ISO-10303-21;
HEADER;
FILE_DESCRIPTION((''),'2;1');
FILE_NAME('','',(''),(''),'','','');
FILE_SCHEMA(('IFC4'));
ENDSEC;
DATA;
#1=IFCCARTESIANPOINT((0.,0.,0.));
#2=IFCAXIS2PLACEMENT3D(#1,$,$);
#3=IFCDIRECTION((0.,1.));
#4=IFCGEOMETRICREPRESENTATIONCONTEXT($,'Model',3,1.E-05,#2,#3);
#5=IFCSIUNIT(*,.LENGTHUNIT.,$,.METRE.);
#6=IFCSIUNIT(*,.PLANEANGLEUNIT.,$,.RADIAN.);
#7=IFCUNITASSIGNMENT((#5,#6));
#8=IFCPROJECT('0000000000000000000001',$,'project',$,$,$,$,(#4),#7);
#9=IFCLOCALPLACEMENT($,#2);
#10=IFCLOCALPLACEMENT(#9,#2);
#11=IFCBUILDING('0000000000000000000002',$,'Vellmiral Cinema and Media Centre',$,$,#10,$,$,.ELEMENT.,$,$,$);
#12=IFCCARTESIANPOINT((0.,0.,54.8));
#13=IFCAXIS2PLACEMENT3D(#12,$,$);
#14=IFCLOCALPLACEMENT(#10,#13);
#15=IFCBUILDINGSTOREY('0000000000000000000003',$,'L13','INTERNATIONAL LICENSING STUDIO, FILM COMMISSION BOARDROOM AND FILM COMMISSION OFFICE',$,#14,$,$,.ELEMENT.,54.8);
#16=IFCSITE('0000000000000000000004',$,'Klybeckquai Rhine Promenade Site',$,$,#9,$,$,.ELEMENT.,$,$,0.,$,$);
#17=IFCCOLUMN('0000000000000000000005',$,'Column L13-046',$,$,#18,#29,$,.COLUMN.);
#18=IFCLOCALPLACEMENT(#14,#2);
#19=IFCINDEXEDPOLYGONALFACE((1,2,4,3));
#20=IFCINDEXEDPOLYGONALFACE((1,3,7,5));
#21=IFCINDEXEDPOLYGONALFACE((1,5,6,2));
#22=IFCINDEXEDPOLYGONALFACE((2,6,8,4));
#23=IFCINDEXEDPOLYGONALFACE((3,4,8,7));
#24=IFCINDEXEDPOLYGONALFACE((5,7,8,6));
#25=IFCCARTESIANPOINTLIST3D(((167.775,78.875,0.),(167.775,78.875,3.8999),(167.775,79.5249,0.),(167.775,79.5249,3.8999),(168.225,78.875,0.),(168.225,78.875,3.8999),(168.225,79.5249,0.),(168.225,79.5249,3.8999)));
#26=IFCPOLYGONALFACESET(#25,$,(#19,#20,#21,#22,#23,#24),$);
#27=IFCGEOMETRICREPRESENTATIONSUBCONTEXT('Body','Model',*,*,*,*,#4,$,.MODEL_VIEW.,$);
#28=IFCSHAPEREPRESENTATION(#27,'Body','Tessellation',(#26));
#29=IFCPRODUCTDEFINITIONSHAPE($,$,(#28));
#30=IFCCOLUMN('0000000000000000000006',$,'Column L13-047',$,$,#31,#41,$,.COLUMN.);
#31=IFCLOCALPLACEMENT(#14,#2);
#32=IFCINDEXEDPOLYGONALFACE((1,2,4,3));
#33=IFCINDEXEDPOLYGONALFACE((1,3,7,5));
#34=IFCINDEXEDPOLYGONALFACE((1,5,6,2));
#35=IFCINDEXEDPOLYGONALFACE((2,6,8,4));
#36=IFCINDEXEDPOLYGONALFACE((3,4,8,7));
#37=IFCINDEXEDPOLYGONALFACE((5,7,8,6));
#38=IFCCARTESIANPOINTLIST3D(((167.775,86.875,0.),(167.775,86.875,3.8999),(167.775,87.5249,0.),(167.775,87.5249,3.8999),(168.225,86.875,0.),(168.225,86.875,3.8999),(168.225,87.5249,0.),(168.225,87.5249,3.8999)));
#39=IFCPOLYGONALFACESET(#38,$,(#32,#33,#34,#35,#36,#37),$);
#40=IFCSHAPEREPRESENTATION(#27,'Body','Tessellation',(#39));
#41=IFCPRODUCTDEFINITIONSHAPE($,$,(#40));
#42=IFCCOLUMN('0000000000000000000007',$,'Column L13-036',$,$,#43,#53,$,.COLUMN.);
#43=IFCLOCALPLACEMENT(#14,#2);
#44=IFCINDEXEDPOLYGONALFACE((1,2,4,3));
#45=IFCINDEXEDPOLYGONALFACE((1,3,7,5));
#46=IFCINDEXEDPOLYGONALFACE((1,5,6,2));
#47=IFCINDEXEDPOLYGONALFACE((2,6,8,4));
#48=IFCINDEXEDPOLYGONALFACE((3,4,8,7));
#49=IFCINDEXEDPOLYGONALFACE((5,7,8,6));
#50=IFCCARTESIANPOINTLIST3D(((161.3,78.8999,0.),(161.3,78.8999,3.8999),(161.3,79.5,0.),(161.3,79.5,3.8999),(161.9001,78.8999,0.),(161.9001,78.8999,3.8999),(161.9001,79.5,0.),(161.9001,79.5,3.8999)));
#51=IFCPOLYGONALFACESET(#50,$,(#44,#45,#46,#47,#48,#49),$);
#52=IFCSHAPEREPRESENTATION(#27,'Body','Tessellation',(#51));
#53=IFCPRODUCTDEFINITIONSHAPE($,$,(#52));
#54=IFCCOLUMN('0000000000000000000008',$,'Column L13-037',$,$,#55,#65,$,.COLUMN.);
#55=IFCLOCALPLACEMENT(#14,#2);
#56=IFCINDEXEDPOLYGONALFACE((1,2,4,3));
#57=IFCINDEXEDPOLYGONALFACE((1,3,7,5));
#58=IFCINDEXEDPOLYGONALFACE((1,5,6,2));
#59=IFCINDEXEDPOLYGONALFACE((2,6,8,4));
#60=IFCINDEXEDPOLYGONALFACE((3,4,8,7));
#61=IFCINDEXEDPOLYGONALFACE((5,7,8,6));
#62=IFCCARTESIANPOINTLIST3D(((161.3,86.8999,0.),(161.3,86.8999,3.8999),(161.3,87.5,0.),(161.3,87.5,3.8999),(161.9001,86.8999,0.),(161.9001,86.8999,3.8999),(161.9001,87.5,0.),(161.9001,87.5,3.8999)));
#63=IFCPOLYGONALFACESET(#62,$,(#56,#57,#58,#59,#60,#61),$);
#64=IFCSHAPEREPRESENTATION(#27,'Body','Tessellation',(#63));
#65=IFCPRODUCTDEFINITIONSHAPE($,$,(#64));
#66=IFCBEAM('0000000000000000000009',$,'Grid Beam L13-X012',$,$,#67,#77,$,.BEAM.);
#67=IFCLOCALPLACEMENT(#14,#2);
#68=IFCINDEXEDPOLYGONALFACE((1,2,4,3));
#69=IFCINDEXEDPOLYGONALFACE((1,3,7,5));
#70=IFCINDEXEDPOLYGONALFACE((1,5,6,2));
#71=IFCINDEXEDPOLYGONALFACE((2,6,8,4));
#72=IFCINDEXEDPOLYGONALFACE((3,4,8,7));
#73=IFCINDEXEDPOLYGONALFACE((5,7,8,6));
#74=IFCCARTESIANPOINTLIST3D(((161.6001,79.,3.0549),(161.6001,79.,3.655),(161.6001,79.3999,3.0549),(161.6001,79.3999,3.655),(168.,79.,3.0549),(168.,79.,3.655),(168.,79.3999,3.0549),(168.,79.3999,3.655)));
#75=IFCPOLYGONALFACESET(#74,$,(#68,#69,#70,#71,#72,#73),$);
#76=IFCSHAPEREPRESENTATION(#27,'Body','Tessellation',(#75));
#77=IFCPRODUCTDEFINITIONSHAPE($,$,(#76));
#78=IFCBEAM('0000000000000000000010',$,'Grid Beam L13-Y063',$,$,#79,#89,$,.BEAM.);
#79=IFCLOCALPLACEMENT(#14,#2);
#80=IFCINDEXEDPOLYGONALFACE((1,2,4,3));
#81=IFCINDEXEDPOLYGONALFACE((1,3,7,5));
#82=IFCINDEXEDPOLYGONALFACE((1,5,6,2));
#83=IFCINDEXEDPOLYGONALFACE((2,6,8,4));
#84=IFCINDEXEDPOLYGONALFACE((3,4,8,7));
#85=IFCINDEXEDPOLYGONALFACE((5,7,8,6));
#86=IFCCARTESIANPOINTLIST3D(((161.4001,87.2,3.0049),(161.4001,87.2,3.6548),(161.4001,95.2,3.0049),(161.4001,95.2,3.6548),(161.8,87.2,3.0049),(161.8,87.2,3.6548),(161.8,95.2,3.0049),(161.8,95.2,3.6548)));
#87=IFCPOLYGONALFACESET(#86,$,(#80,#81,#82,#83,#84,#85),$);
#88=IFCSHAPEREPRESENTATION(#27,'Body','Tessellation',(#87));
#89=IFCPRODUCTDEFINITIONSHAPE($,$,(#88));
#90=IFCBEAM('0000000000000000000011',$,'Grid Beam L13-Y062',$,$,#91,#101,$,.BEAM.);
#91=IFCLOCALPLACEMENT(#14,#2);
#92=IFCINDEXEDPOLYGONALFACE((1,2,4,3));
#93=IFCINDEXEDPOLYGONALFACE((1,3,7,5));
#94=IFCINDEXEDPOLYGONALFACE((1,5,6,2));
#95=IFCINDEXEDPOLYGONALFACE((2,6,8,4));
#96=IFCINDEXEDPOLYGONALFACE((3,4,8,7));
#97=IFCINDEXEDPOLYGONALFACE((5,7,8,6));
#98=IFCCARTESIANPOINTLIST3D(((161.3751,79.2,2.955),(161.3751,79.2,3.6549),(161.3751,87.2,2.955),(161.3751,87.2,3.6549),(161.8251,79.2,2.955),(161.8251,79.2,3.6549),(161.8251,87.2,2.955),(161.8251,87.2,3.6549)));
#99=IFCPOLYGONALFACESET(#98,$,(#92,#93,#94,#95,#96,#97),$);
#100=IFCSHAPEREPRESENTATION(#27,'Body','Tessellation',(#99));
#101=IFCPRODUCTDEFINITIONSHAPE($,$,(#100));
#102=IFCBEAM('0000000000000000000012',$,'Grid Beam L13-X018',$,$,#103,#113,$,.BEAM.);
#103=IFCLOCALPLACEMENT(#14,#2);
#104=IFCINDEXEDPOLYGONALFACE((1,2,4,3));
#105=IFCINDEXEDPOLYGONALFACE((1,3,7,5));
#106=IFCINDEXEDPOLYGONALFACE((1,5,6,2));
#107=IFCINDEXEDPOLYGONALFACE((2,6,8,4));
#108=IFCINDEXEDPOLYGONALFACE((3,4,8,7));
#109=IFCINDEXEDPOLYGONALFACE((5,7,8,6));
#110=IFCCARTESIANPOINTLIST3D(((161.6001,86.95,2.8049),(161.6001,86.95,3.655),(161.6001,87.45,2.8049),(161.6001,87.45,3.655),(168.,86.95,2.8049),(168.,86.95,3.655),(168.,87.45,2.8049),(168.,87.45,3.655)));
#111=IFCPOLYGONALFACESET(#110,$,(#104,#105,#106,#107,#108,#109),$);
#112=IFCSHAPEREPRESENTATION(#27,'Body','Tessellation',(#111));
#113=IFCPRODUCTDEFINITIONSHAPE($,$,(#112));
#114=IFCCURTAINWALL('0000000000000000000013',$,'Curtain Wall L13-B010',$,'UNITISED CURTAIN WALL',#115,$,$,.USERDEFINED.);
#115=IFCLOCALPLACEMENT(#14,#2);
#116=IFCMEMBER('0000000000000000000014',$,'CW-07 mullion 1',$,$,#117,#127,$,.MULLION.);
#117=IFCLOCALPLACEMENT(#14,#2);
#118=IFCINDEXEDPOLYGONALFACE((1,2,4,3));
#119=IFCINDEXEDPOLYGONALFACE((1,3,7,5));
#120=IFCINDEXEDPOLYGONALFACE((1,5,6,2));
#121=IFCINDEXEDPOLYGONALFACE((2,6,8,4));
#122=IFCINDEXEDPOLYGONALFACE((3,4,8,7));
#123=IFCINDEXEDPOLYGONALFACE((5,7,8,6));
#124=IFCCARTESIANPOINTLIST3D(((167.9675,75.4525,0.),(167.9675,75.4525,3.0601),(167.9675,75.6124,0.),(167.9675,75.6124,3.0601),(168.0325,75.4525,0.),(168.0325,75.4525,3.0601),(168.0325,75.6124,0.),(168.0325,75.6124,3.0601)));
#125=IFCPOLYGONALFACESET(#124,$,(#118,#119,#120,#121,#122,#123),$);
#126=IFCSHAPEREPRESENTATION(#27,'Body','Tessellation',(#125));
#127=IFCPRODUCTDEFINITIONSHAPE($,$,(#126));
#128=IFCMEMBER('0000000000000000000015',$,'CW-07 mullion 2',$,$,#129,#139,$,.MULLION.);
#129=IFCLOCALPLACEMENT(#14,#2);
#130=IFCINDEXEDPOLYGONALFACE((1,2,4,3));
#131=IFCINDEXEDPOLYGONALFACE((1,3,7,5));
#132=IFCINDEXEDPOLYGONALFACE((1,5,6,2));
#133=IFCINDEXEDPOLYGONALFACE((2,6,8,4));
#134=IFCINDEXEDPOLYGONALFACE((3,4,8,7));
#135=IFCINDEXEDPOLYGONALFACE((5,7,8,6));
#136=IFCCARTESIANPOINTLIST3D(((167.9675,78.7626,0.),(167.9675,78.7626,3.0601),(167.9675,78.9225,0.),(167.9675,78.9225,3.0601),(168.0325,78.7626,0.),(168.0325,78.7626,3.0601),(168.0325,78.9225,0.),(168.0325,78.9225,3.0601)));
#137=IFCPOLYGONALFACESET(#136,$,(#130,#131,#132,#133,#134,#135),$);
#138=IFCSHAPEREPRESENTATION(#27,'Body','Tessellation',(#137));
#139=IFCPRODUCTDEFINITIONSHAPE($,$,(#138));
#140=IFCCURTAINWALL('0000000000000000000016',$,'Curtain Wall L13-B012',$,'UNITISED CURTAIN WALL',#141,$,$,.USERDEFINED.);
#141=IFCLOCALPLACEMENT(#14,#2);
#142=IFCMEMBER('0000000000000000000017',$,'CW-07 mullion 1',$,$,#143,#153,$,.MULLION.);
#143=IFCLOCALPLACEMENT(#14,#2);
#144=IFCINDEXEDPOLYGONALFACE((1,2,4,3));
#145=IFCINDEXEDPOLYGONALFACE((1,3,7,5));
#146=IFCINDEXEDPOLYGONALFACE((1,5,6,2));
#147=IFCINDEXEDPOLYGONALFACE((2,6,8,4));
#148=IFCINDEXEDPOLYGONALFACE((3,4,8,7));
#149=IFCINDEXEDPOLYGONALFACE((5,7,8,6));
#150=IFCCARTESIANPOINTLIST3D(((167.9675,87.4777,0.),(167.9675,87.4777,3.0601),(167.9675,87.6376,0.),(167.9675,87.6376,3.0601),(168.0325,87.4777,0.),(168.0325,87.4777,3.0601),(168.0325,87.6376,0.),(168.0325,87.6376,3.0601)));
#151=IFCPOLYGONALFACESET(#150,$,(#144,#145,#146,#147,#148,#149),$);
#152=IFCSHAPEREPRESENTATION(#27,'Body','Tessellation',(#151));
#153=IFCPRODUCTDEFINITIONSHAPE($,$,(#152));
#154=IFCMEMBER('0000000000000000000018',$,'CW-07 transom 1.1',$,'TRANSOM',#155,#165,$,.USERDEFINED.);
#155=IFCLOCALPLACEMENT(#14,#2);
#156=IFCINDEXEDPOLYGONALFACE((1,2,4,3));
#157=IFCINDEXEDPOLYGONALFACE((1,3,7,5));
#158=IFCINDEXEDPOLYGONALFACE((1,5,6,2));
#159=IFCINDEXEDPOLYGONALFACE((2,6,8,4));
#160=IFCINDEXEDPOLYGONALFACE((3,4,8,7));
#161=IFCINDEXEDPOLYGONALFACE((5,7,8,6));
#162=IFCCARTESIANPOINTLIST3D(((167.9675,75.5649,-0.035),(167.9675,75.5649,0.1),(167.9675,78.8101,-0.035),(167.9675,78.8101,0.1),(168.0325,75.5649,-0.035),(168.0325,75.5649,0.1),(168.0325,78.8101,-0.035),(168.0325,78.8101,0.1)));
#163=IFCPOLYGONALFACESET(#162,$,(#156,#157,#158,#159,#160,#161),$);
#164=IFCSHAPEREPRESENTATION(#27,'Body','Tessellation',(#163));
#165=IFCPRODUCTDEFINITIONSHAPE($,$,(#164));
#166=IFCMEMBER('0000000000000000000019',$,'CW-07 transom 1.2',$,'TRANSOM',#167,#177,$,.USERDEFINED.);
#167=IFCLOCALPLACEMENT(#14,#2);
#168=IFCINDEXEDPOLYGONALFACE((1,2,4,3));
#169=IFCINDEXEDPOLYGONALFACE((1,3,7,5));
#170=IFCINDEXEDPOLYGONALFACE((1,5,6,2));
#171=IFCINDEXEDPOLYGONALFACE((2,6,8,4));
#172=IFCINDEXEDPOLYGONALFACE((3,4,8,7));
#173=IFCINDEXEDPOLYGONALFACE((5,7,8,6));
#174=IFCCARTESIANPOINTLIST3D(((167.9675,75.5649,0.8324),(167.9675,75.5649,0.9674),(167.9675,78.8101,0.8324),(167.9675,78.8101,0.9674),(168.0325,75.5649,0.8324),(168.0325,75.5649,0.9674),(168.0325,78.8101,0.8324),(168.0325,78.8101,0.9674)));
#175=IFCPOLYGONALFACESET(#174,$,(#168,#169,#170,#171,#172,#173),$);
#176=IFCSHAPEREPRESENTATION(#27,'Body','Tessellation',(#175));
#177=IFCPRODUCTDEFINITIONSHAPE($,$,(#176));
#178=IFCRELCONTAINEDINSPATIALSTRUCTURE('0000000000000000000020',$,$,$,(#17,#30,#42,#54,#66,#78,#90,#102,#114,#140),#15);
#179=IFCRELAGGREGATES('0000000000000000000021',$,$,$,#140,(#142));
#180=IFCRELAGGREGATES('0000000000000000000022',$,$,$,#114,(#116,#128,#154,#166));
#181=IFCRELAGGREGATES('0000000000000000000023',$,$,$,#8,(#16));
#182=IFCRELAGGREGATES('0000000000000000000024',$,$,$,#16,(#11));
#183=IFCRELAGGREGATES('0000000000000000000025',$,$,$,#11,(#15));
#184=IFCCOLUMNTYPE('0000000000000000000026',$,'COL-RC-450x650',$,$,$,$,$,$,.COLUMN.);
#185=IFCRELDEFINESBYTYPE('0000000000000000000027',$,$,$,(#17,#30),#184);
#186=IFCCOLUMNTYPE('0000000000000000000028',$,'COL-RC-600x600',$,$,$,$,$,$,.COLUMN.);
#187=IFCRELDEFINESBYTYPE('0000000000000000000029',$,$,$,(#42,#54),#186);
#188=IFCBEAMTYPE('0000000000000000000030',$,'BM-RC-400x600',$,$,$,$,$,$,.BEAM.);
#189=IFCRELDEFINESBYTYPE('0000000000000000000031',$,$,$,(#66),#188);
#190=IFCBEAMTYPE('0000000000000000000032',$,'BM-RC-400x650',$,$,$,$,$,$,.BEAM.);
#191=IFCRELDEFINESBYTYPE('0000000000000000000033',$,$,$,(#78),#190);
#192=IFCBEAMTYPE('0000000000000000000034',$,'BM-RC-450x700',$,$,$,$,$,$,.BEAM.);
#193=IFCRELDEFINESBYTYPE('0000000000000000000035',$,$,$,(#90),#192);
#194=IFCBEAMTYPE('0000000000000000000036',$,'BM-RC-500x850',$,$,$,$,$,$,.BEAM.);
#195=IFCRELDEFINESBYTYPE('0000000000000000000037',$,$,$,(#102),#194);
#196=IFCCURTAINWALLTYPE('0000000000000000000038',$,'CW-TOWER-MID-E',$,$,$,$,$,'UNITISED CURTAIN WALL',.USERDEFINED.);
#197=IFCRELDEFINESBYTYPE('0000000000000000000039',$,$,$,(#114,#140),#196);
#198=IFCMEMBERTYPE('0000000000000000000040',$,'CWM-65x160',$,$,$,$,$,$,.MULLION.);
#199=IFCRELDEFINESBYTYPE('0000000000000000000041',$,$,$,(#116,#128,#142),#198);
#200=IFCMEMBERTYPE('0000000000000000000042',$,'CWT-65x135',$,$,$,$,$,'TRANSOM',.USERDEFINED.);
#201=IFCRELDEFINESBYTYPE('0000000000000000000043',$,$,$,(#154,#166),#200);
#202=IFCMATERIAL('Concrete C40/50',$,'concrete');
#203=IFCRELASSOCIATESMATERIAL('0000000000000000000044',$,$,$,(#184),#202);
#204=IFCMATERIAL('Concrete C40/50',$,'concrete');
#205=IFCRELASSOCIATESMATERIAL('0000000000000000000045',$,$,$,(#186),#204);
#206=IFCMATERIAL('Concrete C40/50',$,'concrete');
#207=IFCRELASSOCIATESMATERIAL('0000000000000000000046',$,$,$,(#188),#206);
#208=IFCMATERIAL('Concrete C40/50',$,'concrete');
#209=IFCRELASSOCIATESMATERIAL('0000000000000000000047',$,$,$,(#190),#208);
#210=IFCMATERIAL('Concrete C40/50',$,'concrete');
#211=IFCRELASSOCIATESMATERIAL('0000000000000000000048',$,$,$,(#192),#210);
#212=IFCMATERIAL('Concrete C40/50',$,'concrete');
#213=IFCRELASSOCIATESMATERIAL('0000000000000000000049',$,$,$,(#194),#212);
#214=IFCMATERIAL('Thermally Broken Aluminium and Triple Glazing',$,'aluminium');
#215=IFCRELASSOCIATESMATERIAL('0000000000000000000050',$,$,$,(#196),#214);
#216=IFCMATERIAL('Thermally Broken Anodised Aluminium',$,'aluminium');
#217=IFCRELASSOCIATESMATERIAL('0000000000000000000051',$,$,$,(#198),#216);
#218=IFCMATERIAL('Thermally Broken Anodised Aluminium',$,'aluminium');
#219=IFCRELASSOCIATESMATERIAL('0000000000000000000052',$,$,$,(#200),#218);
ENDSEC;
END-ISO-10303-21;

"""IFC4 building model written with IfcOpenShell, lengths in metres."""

from ifc_helpers import new_model, si_unit, direction, frame, origin, origin_2d, place, context, subcontext, project, spatial, rectangle, extrude, material, material_profile, profile_set, type_object, element, aggregate, save


model = new_model("IFC4")

# Units and contexts
model_context = context("Model", 3, precision=1e-05, world=origin(), true_north=direction((0.0, 1.0)))
body_context = subcontext(model_context, "Body", "Model", "MODEL_VIEW")
ifc_project = project(units=[si_unit("LENGTHUNIT", "METRE"), si_unit("PLANEANGLEUNIT", "RADIAN")], contexts=[model_context])

# Site, building, storey
site_placement = place(None, origin())
site = spatial("IfcSite", under=ifc_project, at=site_placement, Name="Klybeckquai Rhine Promenade Site", CompositionType="ELEMENT", RefElevation=0.0)
building_placement = place(site_placement, origin())
building = spatial("IfcBuilding", under=site, at=building_placement, Name="Vellmiral Cinema and Media Centre", CompositionType="ELEMENT")
storey_placement = place(building_placement, frame((0.0, 0.0, 54.8)))
storey = spatial("IfcBuildingStorey", under=building, at=storey_placement, Name="L13", Description="INTERNATIONAL LICENSING STUDIO, FILM COMMISSION BOARDROOM AND FILM COMMISSION OFFICE", CompositionType="ELEMENT", Elevation=54.8)

# Columns
ifc_material_1 = material(Name="Concrete C40/50", Category="concrete")
ifc_material_profile_1 = material_profile(ifc_material_1, rectangle(XDim=0.45, YDim=0.6499, at=origin_2d()), Name="RC 450x650")
ifc_profile_set_1 = profile_set([ifc_material_profile_1], Name="Concrete C40/50")
column_type_1 = type_object("IfcColumnType", Name="COL-RC-450x650", PredefinedType="COLUMN", material=ifc_profile_set_1)
for number, where, z_axis, x_axis, name in (
    (1, (168.0, 79.2, 0.0), (0.0, 0.0, 1.0), (1.0, 0.0, 0.0), "Column L13-046"),
    (2, (168.0, 87.2, 0.0), (0.0, 0.0, 1.0), (1.0, 0.0, 0.0), "Column L13-047"),
):
    element("IfcColumn", number, at=place(storey_placement, frame(where, z_axis=z_axis, x_axis=x_axis)), inside=storey, type_object=column_type_1, Name=name, PredefinedType="COLUMN", context=body_context, shape_type="SweptSolid", body=[
        extrude(rectangle(XDim=0.45, YDim=0.6499, at=origin_2d()), origin(), (0.0, 0.0, 1.0), 3.8999),
    ])
ifc_material_2 = material(Name="Concrete C40/50", Category="concrete")
ifc_material_profile_2 = material_profile(ifc_material_2, rectangle(XDim=0.6001, YDim=0.6001, at=origin_2d()), Name="RC 600x600")
ifc_profile_set_2 = profile_set([ifc_material_profile_2], Name="Concrete C40/50")
column_type_2 = type_object("IfcColumnType", Name="COL-RC-600x600", PredefinedType="COLUMN", material=ifc_profile_set_2)
for number, where, z_axis, x_axis, name in (
    (3, (161.6001, 79.2, 0.0), (0.0, 0.0, 1.0), (1.0, 0.0, 0.0), "Column L13-036"),
    (4, (161.6001, 87.2, 0.0), (0.0, 0.0, 1.0), (1.0, 0.0, 0.0), "Column L13-037"),
):
    element("IfcColumn", number, at=place(storey_placement, frame(where, z_axis=z_axis, x_axis=x_axis)), inside=storey, type_object=column_type_2, Name=name, PredefinedType="COLUMN", context=body_context, shape_type="SweptSolid", body=[
        extrude(rectangle(XDim=0.6001, YDim=0.6001, at=origin_2d()), origin(), (0.0, 0.0, 1.0), 3.8999),
    ])

# Beams
ifc_material_3 = material(Name="Concrete C40/50", Category="concrete")
ifc_material_profile_3 = material_profile(ifc_material_3, rectangle(XDim=0.3999, YDim=0.6001, at=origin_2d()), Name="RC 400x600")
ifc_profile_set_3 = profile_set([ifc_material_profile_3], Name="Concrete C40/50")
beam_type_1 = type_object("IfcBeamType", Name="BM-RC-400x600", PredefinedType="BEAM", material=ifc_profile_set_3)
beam_1_placement = place(storey_placement, frame((161.6001, 79.2, 3.355), z_axis=(1.0, 0.0, 0.0), x_axis=(0.0, 1.0, 0.0)))
element("IfcBeam", 5, at=beam_1_placement, inside=storey, type_object=beam_type_1, Name="Grid Beam L13-X012", PredefinedType="BEAM", context=body_context, shape_type="SweptSolid", body=[
    extrude(rectangle(XDim=0.3999, YDim=0.6001, at=origin_2d()), origin(), (0.0, 0.0, 1.0), 6.3999),
])
ifc_material_4 = material(Name="Concrete C40/50", Category="concrete")
ifc_material_profile_4 = material_profile(ifc_material_4, rectangle(XDim=0.3999, YDim=0.6499, at=origin_2d()), Name="RC 400x650")
ifc_profile_set_4 = profile_set([ifc_material_profile_4], Name="Concrete C40/50")
beam_type_2 = type_object("IfcBeamType", Name="BM-RC-400x650", PredefinedType="BEAM", material=ifc_profile_set_4)
beam_2_placement = place(storey_placement, frame((161.6001, 87.2, 3.3298), z_axis=(0.0, 1.0, 0.0), x_axis=(-1.0, 0.0, 0.0)))
element("IfcBeam", 6, at=beam_2_placement, inside=storey, type_object=beam_type_2, Name="Grid Beam L13-Y063", PredefinedType="BEAM", context=body_context, shape_type="SweptSolid", body=[
    extrude(rectangle(XDim=0.3999, YDim=0.6499, at=origin_2d()), origin(), (0.0, 0.0, 1.0), 8.0),
])
ifc_material_5 = material(Name="Concrete C40/50", Category="concrete")
ifc_material_profile_5 = material_profile(ifc_material_5, rectangle(XDim=0.45, YDim=0.7, at=origin_2d()), Name="RC 450x700")
ifc_profile_set_5 = profile_set([ifc_material_profile_5], Name="Concrete C40/50")
beam_type_3 = type_object("IfcBeamType", Name="BM-RC-450x700", PredefinedType="BEAM", material=ifc_profile_set_5)
beam_3_placement = place(storey_placement, frame((161.6001, 79.2, 3.3049), z_axis=(0.0, 1.0, 0.0), x_axis=(-1.0, 0.0, 0.0)))
element("IfcBeam", 7, at=beam_3_placement, inside=storey, type_object=beam_type_3, Name="Grid Beam L13-Y062", PredefinedType="BEAM", context=body_context, shape_type="SweptSolid", body=[
    extrude(rectangle(XDim=0.45, YDim=0.7, at=origin_2d()), origin(), (0.0, 0.0, 1.0), 8.0),
])
ifc_material_6 = material(Name="Concrete C40/50", Category="concrete")
ifc_material_profile_6 = material_profile(ifc_material_6, rectangle(XDim=0.5, YDim=0.8501, at=origin_2d()), Name="RC 500x850")
ifc_profile_set_6 = profile_set([ifc_material_profile_6], Name="Concrete C40/50")
beam_type_4 = type_object("IfcBeamType", Name="BM-RC-500x850", PredefinedType="BEAM", material=ifc_profile_set_6)
beam_4_placement = place(storey_placement, frame((161.6001, 87.2, 3.23), z_axis=(1.0, 0.0, 0.0), x_axis=(0.0, 1.0, 0.0)))
element("IfcBeam", 8, at=beam_4_placement, inside=storey, type_object=beam_type_4, Name="Grid Beam L13-X018", PredefinedType="BEAM", context=body_context, shape_type="SweptSolid", body=[
    extrude(rectangle(XDim=0.5, YDim=0.8501, at=origin_2d()), origin(), (0.0, 0.0, 1.0), 6.3999),
])

# Curtain wall, members
ifc_material_7 = material(Name="Thermally Broken Aluminium and Triple Glazing", Category="aluminium")
curtain_wall_type = type_object("IfcCurtainWallType", Name="CW-TOWER-MID-E", ElementType="UNITISED CURTAIN WALL", PredefinedType="USERDEFINED", material=ifc_material_7)
curtain_wall_1_placement = place(storey_placement, origin())
curtain_wall_1 = element("IfcCurtainWall", 9, at=curtain_wall_1_placement, inside=storey, type_object=curtain_wall_type, Name="Curtain Wall L13-B010", ObjectType="UNITISED CURTAIN WALL", PredefinedType="USERDEFINED")
ifc_material_8 = material(Name="Thermally Broken Anodised Aluminium", Category="aluminium")
ifc_material_profile_7 = material_profile(ifc_material_8, rectangle(XDim=0.0649, YDim=0.1599, at=origin_2d()), Name="MULL 65x160")
ifc_profile_set_7 = profile_set([ifc_material_profile_7], Name="Thermally Broken Anodised Aluminium")
member_type_1 = type_object("IfcMemberType", Name="CWM-65x160", PredefinedType="MULLION", material=ifc_profile_set_7)
member_1_placement = place(storey_placement, frame((168.0, 75.5325, 0.0), z_axis=(0.0, 0.0, 1.0), x_axis=(-1.0, 0.0, 0.0)))
member_1 = element("IfcMember", 10, at=member_1_placement, type_object=member_type_1, Name="CW-07 mullion 1", PredefinedType="MULLION", context=body_context, shape_type="SweptSolid", body=[
    extrude(rectangle(XDim=0.0649, YDim=0.1599, at=origin_2d()), origin(), (0.0, 0.0, 1.0), 3.0601),
])
member_2_placement = place(storey_placement, frame((168.0, 78.8425, 0.0), z_axis=(0.0, 0.0, 1.0), x_axis=(-1.0, 0.0, 0.0)))
member_2 = element("IfcMember", 11, at=member_2_placement, type_object=member_type_1, Name="CW-07 mullion 2", PredefinedType="MULLION", context=body_context, shape_type="SweptSolid", body=[
    extrude(rectangle(XDim=0.0649, YDim=0.1599, at=origin_2d()), origin(), (0.0, 0.0, 1.0), 3.0601),
])

# Curtain wall, member
curtain_wall_2_placement = place(storey_placement, origin())
curtain_wall_2 = element("IfcCurtainWall", 12, at=curtain_wall_2_placement, inside=storey, type_object=curtain_wall_type, Name="Curtain Wall L13-B012", ObjectType="UNITISED CURTAIN WALL", PredefinedType="USERDEFINED")
member_3_placement = place(storey_placement, frame((168.0, 87.5576, 0.0), z_axis=(0.0, 0.0, 1.0), x_axis=(-1.0, 0.0, 0.0)))
member_3 = element("IfcMember", 13, at=member_3_placement, type_object=member_type_1, Name="CW-07 mullion 1", PredefinedType="MULLION", context=body_context, shape_type="SweptSolid", body=[
    extrude(rectangle(XDim=0.0649, YDim=0.1599, at=origin_2d()), origin(), (0.0, 0.0, 1.0), 3.0601),
])

# Members
ifc_material_9 = material(Name="Thermally Broken Anodised Aluminium", Category="aluminium")
ifc_material_profile_8 = material_profile(ifc_material_9, rectangle(XDim=0.0649, YDim=0.135, at=origin_2d()), Name="MULL 65x135")
ifc_profile_set_8 = profile_set([ifc_material_profile_8], Name="Thermally Broken Anodised Aluminium")
member_type_2 = type_object("IfcMemberType", Name="CWT-65x135", ElementType="TRANSOM", PredefinedType="USERDEFINED", material=ifc_profile_set_8)
member_4_placement = place(storey_placement, frame((168.0, 75.5649, 0.0325), z_axis=(0.0, 1.0, 0.0), x_axis=(-1.0, 0.0, 0.0)))
member_4 = element("IfcMember", 14, at=member_4_placement, type_object=member_type_2, Name="CW-07 transom 1.1", ObjectType="TRANSOM", PredefinedType="USERDEFINED", context=body_context, shape_type="SweptSolid", body=[
    extrude(rectangle(XDim=0.0649, YDim=0.135, at=origin_2d()), origin(), (0.0, 0.0, 1.0), 3.2451),
])
member_5_placement = place(storey_placement, frame((168.0, 75.5649, 0.8999), z_axis=(0.0, 1.0, 0.0), x_axis=(-1.0, 0.0, 0.0)))
member_5 = element("IfcMember", 15, at=member_5_placement, type_object=member_type_2, Name="CW-07 transom 1.2", ObjectType="TRANSOM", PredefinedType="USERDEFINED", context=body_context, shape_type="SweptSolid", body=[
    extrude(rectangle(XDim=0.0649, YDim=0.135, at=origin_2d()), origin(), (0.0, 0.0, 1.0), 3.2451),
])

aggregate(curtain_wall_2, [member_3])
aggregate(curtain_wall_1, [member_1, member_2, member_4, member_5])

save(model, "model.ifc")
